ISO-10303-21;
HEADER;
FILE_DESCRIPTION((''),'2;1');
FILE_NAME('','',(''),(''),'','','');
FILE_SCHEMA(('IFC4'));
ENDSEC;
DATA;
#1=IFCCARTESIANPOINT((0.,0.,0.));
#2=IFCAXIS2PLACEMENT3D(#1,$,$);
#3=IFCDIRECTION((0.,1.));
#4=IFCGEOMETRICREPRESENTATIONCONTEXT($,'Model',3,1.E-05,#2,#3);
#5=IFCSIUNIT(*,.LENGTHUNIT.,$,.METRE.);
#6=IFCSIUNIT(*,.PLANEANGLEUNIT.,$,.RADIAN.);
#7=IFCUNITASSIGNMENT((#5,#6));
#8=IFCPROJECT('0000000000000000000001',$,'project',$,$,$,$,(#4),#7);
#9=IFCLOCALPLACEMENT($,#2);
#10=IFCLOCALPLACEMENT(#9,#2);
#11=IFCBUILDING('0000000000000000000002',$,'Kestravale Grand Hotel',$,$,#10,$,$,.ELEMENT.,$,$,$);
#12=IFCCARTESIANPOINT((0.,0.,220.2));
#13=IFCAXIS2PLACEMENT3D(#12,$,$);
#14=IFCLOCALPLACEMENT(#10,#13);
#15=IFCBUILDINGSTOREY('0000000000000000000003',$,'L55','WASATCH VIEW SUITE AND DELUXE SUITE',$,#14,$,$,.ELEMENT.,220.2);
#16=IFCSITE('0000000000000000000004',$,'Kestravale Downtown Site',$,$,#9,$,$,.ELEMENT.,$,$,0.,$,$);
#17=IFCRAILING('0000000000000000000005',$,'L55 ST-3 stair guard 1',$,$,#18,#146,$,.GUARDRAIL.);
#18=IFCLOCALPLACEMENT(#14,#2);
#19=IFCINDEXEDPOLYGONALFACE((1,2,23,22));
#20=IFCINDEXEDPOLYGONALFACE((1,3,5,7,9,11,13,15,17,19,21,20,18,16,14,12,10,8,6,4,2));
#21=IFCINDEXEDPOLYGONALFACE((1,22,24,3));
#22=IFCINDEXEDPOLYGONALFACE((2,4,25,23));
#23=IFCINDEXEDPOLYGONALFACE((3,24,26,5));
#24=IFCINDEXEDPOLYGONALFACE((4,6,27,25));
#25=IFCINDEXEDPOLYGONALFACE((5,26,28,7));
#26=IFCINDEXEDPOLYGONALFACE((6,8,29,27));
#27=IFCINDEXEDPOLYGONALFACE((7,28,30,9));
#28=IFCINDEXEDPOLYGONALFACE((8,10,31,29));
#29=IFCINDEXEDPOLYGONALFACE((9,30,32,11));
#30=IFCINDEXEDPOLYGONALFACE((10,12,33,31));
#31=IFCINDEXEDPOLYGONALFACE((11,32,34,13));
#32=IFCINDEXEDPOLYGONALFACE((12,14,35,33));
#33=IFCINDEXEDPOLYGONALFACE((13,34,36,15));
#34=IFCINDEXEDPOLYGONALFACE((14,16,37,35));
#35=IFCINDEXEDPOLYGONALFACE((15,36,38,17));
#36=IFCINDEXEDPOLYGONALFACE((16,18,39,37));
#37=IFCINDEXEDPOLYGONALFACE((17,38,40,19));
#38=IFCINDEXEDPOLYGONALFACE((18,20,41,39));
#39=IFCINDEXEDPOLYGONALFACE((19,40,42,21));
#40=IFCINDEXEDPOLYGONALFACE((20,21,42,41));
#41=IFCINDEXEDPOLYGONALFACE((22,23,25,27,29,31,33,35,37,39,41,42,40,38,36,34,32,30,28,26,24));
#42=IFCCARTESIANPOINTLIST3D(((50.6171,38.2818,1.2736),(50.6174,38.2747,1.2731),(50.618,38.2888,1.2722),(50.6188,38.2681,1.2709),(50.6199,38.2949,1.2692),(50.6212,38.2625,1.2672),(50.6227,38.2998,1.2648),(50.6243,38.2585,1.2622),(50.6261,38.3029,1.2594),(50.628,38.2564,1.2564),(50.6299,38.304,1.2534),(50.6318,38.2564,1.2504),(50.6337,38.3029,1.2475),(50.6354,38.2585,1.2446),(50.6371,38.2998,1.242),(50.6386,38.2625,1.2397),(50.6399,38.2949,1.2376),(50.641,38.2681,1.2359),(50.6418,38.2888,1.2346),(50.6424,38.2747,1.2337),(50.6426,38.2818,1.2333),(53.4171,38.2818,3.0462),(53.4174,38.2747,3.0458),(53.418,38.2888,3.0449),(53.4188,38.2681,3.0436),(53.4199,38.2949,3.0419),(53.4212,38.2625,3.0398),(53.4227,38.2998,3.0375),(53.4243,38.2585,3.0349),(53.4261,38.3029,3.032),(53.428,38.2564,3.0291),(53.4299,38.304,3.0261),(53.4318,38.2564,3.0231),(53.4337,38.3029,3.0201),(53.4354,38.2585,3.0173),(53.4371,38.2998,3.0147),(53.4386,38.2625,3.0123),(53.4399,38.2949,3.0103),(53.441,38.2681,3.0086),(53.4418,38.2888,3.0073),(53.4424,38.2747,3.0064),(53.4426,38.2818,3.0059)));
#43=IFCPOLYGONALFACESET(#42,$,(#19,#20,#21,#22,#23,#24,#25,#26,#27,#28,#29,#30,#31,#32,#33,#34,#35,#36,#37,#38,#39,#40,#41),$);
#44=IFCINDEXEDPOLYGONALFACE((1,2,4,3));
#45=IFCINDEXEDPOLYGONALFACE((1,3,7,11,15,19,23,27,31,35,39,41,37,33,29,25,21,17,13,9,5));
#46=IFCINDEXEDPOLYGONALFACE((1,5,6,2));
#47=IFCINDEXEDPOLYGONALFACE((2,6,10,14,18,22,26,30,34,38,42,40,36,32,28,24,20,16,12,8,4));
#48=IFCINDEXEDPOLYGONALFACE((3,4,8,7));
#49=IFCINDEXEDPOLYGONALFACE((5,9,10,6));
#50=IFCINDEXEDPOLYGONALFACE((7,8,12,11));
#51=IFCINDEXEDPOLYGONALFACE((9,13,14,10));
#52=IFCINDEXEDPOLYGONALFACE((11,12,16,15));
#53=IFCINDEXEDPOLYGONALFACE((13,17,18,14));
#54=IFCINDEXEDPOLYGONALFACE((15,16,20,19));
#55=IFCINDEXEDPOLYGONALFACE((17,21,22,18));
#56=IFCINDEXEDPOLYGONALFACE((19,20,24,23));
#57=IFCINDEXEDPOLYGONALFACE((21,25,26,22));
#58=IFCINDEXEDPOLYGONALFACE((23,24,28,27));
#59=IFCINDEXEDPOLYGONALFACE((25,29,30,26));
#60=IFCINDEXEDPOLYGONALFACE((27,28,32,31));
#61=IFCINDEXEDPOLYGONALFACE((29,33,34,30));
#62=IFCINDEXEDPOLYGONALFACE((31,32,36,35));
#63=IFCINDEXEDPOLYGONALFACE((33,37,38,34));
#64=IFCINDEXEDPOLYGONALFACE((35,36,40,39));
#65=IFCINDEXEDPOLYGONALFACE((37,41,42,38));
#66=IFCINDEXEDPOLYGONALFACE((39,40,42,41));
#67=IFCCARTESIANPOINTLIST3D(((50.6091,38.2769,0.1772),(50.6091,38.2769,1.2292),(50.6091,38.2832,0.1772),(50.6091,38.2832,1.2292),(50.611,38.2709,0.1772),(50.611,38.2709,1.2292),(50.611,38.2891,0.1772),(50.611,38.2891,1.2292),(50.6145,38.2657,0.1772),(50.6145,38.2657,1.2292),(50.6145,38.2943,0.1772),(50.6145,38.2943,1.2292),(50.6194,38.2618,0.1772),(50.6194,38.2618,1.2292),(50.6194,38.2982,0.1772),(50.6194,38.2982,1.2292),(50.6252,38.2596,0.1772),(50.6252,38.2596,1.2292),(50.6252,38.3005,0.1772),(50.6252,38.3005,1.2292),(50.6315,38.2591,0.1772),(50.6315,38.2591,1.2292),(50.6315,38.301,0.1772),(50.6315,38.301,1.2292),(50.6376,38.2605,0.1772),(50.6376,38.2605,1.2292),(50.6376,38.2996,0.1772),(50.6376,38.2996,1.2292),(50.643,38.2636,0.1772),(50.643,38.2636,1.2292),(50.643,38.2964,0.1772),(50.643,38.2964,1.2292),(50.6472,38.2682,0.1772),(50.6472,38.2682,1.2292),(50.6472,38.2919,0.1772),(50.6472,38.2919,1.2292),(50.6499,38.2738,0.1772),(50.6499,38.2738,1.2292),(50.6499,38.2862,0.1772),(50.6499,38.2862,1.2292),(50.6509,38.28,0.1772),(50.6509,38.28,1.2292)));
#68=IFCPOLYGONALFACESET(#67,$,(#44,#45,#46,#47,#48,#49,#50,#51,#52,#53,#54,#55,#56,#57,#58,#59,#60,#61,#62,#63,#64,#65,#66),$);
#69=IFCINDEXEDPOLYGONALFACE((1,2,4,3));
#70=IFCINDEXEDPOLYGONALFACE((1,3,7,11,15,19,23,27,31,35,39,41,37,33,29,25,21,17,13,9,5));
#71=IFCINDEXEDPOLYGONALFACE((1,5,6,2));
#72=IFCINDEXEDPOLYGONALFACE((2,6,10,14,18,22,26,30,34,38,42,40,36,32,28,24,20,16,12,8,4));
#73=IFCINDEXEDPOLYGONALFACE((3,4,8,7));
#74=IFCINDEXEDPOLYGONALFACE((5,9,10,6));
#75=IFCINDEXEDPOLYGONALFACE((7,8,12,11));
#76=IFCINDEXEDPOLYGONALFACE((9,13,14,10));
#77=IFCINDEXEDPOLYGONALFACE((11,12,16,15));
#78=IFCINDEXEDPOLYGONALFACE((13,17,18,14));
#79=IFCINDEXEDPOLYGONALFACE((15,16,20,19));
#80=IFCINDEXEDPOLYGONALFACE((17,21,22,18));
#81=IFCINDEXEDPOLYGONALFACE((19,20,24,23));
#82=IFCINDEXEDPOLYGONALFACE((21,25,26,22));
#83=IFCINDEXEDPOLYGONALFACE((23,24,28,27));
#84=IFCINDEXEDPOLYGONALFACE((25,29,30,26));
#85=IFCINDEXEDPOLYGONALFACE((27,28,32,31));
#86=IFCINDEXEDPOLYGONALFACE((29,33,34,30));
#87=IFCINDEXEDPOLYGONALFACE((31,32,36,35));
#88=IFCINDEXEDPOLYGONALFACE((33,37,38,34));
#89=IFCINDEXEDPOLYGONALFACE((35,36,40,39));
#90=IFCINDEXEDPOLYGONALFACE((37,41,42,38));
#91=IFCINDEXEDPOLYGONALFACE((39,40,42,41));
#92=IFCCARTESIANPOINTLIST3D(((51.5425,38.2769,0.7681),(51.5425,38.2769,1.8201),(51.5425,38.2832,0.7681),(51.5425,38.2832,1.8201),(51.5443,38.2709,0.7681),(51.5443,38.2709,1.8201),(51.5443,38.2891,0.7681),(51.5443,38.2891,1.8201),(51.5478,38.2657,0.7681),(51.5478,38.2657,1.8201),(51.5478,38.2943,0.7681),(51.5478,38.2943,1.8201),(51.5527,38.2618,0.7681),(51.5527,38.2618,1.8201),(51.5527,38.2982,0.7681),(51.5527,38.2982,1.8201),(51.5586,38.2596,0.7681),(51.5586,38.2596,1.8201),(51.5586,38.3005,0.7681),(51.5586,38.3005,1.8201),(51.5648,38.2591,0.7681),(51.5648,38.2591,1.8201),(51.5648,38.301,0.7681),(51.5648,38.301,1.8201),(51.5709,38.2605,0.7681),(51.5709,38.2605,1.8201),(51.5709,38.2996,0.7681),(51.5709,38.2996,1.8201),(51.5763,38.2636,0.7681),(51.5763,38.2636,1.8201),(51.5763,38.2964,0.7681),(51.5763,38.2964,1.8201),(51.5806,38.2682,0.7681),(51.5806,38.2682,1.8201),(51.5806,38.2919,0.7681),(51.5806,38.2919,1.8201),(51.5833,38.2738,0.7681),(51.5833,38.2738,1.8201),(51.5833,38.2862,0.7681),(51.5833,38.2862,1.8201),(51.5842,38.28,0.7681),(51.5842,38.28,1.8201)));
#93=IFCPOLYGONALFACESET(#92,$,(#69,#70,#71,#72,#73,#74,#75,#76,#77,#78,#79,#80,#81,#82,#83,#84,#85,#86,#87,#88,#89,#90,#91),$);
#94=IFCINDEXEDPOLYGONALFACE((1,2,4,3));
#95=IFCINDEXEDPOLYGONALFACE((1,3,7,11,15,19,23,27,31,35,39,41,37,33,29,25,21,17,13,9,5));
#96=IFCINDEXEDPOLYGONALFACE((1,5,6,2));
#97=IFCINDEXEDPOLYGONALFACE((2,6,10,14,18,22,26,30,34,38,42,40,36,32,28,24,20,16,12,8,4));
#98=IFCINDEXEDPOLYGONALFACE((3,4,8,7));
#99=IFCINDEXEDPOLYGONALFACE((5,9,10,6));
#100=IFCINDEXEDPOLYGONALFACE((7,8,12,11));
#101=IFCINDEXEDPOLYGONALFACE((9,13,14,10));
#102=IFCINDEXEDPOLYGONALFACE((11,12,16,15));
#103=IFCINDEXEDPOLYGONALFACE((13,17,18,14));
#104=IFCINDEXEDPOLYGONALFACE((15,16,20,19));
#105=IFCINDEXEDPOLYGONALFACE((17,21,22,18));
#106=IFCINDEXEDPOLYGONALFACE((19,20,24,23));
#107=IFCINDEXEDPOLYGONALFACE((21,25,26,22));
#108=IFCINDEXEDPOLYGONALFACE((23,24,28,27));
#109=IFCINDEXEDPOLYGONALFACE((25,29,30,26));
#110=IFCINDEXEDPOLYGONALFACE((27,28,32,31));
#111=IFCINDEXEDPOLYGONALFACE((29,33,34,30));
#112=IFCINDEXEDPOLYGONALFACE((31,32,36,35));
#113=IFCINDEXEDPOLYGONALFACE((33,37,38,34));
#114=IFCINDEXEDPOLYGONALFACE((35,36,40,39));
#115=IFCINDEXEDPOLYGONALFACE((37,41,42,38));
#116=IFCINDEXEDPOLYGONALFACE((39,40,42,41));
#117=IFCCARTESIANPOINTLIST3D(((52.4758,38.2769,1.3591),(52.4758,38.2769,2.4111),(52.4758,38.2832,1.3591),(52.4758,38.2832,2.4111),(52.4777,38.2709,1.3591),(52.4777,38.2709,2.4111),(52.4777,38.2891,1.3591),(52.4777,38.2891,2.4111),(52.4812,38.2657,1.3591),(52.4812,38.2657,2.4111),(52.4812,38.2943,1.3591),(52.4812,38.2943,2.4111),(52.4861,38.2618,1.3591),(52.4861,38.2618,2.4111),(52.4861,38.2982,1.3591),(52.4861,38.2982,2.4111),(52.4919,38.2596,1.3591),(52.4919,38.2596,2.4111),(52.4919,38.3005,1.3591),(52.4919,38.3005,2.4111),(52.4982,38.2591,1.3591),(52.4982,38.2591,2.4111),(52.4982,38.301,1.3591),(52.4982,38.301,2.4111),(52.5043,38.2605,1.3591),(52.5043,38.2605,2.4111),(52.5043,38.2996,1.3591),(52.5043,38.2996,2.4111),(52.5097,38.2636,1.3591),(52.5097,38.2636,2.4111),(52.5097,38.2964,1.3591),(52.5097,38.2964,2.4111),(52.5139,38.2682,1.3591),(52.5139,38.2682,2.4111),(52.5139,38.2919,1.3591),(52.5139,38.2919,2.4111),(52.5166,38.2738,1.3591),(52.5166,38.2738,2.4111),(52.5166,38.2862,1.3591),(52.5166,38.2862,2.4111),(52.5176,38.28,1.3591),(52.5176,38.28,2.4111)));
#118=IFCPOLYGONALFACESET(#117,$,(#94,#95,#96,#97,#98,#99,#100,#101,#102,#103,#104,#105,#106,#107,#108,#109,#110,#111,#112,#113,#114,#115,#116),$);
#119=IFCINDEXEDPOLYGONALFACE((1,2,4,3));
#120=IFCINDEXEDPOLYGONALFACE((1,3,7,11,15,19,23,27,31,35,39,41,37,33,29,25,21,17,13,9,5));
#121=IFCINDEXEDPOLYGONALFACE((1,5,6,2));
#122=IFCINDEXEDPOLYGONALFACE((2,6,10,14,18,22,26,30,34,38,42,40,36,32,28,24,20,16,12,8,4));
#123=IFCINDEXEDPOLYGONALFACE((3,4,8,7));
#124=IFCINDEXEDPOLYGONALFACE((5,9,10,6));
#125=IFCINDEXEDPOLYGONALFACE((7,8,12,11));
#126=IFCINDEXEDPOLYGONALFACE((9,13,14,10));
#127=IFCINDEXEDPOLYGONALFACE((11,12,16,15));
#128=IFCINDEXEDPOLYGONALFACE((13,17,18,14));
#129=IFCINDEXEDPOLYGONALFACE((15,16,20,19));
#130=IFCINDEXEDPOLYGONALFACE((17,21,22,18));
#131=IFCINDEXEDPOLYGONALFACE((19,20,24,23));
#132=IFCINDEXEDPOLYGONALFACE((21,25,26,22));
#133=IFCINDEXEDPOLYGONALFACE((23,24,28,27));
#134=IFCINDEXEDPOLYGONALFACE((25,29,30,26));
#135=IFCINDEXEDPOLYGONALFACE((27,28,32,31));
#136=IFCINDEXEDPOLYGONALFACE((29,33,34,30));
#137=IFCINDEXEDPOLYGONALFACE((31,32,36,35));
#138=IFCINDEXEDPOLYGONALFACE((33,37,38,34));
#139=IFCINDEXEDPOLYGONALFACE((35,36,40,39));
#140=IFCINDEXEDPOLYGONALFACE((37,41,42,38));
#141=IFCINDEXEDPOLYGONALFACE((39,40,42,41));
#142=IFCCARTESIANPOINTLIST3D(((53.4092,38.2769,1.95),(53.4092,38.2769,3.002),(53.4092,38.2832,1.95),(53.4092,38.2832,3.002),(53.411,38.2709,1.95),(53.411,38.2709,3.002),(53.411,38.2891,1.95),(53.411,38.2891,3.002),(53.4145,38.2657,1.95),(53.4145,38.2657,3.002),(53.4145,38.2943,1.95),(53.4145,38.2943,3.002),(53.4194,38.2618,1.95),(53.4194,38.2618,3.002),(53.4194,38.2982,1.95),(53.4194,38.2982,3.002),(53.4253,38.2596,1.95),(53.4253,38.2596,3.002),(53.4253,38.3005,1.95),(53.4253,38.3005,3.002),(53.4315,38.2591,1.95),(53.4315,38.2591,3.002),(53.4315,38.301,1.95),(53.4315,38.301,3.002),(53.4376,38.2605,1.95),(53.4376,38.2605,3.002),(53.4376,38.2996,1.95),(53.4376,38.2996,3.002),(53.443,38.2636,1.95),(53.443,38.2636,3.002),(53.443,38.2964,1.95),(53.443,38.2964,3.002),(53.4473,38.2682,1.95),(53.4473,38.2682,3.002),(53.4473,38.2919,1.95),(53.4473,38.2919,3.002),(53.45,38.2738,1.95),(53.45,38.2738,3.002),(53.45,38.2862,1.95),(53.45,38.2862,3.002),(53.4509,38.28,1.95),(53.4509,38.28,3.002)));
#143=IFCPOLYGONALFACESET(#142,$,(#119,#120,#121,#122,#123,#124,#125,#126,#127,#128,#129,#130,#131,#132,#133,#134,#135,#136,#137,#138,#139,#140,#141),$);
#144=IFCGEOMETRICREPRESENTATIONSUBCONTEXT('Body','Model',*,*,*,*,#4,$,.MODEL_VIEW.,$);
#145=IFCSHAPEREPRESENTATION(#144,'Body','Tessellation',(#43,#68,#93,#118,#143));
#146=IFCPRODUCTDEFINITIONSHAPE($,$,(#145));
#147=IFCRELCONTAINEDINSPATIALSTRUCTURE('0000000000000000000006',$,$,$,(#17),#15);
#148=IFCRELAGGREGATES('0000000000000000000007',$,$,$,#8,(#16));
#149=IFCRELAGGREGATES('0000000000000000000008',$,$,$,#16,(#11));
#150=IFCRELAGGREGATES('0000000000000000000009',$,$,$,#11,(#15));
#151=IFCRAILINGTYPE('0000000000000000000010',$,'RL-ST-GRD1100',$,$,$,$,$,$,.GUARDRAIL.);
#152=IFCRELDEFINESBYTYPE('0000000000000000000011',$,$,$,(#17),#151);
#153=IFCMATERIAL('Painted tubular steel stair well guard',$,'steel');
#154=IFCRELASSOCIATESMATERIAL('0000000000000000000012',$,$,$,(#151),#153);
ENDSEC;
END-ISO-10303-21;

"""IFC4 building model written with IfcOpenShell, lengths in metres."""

from ifc_helpers import new_model, si_unit, direction, frame, origin, origin_2d, place, context, subcontext, project, spatial, circle, extrude, material, type_object, element, save


model = new_model("IFC4")

# Units and contexts
model_context = context("Model", 3, precision=1e-05, world=origin(), true_north=direction((0.0, 1.0)))
body_context = subcontext(model_context, "Body", "Model", "MODEL_VIEW")
ifc_project = project(units=[si_unit("LENGTHUNIT", "METRE"), si_unit("PLANEANGLEUNIT", "RADIAN")], contexts=[model_context])

# Site, building, storey
site_placement = place(None, origin())
site = spatial("IfcSite", under=ifc_project, at=site_placement, Name="Kestravale Downtown Site", CompositionType="ELEMENT", RefElevation=0.0)
building_placement = place(site_placement, origin())
building = spatial("IfcBuilding", under=site, at=building_placement, Name="Kestravale Grand Hotel", CompositionType="ELEMENT")
storey_placement = place(building_placement, frame((0.0, 0.0, 220.2)))
storey = spatial("IfcBuildingStorey", under=building, at=storey_placement, Name="L55", Description="WASATCH VIEW SUITE AND DELUXE SUITE", CompositionType="ELEMENT", Elevation=220.2)

# Railing
ifc_material_1 = material(Name="Painted tubular steel stair well guard", Category="steel")
railing_type_1 = type_object("IfcRailingType", Name="RL-ST-GRD1100", PredefinedType="GUARDRAIL", material=ifc_material_1)
railing_1_placement = place(storey_placement, frame((50.6299, 38.28, 0.1772)))
element("IfcRailing", 1, at=railing_1_placement, inside=storey, type_object=railing_type_1, Name="L55 ST-3 stair guard 1", PredefinedType="GUARDRAIL", context=body_context, shape_type="SweptSolid", body=[
    extrude(circle(Radius=0.0239, at=origin_2d()), frame((0.0, 0.0, 1.0762), z_axis=(0.844909, 0.0, 0.53491), x_axis=(0.0, 1.0, 0.0)), (0.0, 0.0, 1.0), 3.314),
    extrude(circle(Radius=0.021, at=origin_2d()), origin(), (0.0, 0.0, 1.0), 1.052),
    extrude(circle(Radius=0.021, at=origin_2d()), frame((0.9333, 0.0, 0.5908)), (0.0, 0.0, 1.0), 1.052),
    extrude(circle(Radius=0.021, at=origin_2d()), frame((1.8667, 0.0, 1.1819)), (0.0, 0.0, 1.0), 1.052),
    extrude(circle(Radius=0.021, at=origin_2d()), frame((2.8, 0.0, 1.7727)), (0.0, 0.0, 1.0), 1.052),
])

save(model, "model.ifc")
